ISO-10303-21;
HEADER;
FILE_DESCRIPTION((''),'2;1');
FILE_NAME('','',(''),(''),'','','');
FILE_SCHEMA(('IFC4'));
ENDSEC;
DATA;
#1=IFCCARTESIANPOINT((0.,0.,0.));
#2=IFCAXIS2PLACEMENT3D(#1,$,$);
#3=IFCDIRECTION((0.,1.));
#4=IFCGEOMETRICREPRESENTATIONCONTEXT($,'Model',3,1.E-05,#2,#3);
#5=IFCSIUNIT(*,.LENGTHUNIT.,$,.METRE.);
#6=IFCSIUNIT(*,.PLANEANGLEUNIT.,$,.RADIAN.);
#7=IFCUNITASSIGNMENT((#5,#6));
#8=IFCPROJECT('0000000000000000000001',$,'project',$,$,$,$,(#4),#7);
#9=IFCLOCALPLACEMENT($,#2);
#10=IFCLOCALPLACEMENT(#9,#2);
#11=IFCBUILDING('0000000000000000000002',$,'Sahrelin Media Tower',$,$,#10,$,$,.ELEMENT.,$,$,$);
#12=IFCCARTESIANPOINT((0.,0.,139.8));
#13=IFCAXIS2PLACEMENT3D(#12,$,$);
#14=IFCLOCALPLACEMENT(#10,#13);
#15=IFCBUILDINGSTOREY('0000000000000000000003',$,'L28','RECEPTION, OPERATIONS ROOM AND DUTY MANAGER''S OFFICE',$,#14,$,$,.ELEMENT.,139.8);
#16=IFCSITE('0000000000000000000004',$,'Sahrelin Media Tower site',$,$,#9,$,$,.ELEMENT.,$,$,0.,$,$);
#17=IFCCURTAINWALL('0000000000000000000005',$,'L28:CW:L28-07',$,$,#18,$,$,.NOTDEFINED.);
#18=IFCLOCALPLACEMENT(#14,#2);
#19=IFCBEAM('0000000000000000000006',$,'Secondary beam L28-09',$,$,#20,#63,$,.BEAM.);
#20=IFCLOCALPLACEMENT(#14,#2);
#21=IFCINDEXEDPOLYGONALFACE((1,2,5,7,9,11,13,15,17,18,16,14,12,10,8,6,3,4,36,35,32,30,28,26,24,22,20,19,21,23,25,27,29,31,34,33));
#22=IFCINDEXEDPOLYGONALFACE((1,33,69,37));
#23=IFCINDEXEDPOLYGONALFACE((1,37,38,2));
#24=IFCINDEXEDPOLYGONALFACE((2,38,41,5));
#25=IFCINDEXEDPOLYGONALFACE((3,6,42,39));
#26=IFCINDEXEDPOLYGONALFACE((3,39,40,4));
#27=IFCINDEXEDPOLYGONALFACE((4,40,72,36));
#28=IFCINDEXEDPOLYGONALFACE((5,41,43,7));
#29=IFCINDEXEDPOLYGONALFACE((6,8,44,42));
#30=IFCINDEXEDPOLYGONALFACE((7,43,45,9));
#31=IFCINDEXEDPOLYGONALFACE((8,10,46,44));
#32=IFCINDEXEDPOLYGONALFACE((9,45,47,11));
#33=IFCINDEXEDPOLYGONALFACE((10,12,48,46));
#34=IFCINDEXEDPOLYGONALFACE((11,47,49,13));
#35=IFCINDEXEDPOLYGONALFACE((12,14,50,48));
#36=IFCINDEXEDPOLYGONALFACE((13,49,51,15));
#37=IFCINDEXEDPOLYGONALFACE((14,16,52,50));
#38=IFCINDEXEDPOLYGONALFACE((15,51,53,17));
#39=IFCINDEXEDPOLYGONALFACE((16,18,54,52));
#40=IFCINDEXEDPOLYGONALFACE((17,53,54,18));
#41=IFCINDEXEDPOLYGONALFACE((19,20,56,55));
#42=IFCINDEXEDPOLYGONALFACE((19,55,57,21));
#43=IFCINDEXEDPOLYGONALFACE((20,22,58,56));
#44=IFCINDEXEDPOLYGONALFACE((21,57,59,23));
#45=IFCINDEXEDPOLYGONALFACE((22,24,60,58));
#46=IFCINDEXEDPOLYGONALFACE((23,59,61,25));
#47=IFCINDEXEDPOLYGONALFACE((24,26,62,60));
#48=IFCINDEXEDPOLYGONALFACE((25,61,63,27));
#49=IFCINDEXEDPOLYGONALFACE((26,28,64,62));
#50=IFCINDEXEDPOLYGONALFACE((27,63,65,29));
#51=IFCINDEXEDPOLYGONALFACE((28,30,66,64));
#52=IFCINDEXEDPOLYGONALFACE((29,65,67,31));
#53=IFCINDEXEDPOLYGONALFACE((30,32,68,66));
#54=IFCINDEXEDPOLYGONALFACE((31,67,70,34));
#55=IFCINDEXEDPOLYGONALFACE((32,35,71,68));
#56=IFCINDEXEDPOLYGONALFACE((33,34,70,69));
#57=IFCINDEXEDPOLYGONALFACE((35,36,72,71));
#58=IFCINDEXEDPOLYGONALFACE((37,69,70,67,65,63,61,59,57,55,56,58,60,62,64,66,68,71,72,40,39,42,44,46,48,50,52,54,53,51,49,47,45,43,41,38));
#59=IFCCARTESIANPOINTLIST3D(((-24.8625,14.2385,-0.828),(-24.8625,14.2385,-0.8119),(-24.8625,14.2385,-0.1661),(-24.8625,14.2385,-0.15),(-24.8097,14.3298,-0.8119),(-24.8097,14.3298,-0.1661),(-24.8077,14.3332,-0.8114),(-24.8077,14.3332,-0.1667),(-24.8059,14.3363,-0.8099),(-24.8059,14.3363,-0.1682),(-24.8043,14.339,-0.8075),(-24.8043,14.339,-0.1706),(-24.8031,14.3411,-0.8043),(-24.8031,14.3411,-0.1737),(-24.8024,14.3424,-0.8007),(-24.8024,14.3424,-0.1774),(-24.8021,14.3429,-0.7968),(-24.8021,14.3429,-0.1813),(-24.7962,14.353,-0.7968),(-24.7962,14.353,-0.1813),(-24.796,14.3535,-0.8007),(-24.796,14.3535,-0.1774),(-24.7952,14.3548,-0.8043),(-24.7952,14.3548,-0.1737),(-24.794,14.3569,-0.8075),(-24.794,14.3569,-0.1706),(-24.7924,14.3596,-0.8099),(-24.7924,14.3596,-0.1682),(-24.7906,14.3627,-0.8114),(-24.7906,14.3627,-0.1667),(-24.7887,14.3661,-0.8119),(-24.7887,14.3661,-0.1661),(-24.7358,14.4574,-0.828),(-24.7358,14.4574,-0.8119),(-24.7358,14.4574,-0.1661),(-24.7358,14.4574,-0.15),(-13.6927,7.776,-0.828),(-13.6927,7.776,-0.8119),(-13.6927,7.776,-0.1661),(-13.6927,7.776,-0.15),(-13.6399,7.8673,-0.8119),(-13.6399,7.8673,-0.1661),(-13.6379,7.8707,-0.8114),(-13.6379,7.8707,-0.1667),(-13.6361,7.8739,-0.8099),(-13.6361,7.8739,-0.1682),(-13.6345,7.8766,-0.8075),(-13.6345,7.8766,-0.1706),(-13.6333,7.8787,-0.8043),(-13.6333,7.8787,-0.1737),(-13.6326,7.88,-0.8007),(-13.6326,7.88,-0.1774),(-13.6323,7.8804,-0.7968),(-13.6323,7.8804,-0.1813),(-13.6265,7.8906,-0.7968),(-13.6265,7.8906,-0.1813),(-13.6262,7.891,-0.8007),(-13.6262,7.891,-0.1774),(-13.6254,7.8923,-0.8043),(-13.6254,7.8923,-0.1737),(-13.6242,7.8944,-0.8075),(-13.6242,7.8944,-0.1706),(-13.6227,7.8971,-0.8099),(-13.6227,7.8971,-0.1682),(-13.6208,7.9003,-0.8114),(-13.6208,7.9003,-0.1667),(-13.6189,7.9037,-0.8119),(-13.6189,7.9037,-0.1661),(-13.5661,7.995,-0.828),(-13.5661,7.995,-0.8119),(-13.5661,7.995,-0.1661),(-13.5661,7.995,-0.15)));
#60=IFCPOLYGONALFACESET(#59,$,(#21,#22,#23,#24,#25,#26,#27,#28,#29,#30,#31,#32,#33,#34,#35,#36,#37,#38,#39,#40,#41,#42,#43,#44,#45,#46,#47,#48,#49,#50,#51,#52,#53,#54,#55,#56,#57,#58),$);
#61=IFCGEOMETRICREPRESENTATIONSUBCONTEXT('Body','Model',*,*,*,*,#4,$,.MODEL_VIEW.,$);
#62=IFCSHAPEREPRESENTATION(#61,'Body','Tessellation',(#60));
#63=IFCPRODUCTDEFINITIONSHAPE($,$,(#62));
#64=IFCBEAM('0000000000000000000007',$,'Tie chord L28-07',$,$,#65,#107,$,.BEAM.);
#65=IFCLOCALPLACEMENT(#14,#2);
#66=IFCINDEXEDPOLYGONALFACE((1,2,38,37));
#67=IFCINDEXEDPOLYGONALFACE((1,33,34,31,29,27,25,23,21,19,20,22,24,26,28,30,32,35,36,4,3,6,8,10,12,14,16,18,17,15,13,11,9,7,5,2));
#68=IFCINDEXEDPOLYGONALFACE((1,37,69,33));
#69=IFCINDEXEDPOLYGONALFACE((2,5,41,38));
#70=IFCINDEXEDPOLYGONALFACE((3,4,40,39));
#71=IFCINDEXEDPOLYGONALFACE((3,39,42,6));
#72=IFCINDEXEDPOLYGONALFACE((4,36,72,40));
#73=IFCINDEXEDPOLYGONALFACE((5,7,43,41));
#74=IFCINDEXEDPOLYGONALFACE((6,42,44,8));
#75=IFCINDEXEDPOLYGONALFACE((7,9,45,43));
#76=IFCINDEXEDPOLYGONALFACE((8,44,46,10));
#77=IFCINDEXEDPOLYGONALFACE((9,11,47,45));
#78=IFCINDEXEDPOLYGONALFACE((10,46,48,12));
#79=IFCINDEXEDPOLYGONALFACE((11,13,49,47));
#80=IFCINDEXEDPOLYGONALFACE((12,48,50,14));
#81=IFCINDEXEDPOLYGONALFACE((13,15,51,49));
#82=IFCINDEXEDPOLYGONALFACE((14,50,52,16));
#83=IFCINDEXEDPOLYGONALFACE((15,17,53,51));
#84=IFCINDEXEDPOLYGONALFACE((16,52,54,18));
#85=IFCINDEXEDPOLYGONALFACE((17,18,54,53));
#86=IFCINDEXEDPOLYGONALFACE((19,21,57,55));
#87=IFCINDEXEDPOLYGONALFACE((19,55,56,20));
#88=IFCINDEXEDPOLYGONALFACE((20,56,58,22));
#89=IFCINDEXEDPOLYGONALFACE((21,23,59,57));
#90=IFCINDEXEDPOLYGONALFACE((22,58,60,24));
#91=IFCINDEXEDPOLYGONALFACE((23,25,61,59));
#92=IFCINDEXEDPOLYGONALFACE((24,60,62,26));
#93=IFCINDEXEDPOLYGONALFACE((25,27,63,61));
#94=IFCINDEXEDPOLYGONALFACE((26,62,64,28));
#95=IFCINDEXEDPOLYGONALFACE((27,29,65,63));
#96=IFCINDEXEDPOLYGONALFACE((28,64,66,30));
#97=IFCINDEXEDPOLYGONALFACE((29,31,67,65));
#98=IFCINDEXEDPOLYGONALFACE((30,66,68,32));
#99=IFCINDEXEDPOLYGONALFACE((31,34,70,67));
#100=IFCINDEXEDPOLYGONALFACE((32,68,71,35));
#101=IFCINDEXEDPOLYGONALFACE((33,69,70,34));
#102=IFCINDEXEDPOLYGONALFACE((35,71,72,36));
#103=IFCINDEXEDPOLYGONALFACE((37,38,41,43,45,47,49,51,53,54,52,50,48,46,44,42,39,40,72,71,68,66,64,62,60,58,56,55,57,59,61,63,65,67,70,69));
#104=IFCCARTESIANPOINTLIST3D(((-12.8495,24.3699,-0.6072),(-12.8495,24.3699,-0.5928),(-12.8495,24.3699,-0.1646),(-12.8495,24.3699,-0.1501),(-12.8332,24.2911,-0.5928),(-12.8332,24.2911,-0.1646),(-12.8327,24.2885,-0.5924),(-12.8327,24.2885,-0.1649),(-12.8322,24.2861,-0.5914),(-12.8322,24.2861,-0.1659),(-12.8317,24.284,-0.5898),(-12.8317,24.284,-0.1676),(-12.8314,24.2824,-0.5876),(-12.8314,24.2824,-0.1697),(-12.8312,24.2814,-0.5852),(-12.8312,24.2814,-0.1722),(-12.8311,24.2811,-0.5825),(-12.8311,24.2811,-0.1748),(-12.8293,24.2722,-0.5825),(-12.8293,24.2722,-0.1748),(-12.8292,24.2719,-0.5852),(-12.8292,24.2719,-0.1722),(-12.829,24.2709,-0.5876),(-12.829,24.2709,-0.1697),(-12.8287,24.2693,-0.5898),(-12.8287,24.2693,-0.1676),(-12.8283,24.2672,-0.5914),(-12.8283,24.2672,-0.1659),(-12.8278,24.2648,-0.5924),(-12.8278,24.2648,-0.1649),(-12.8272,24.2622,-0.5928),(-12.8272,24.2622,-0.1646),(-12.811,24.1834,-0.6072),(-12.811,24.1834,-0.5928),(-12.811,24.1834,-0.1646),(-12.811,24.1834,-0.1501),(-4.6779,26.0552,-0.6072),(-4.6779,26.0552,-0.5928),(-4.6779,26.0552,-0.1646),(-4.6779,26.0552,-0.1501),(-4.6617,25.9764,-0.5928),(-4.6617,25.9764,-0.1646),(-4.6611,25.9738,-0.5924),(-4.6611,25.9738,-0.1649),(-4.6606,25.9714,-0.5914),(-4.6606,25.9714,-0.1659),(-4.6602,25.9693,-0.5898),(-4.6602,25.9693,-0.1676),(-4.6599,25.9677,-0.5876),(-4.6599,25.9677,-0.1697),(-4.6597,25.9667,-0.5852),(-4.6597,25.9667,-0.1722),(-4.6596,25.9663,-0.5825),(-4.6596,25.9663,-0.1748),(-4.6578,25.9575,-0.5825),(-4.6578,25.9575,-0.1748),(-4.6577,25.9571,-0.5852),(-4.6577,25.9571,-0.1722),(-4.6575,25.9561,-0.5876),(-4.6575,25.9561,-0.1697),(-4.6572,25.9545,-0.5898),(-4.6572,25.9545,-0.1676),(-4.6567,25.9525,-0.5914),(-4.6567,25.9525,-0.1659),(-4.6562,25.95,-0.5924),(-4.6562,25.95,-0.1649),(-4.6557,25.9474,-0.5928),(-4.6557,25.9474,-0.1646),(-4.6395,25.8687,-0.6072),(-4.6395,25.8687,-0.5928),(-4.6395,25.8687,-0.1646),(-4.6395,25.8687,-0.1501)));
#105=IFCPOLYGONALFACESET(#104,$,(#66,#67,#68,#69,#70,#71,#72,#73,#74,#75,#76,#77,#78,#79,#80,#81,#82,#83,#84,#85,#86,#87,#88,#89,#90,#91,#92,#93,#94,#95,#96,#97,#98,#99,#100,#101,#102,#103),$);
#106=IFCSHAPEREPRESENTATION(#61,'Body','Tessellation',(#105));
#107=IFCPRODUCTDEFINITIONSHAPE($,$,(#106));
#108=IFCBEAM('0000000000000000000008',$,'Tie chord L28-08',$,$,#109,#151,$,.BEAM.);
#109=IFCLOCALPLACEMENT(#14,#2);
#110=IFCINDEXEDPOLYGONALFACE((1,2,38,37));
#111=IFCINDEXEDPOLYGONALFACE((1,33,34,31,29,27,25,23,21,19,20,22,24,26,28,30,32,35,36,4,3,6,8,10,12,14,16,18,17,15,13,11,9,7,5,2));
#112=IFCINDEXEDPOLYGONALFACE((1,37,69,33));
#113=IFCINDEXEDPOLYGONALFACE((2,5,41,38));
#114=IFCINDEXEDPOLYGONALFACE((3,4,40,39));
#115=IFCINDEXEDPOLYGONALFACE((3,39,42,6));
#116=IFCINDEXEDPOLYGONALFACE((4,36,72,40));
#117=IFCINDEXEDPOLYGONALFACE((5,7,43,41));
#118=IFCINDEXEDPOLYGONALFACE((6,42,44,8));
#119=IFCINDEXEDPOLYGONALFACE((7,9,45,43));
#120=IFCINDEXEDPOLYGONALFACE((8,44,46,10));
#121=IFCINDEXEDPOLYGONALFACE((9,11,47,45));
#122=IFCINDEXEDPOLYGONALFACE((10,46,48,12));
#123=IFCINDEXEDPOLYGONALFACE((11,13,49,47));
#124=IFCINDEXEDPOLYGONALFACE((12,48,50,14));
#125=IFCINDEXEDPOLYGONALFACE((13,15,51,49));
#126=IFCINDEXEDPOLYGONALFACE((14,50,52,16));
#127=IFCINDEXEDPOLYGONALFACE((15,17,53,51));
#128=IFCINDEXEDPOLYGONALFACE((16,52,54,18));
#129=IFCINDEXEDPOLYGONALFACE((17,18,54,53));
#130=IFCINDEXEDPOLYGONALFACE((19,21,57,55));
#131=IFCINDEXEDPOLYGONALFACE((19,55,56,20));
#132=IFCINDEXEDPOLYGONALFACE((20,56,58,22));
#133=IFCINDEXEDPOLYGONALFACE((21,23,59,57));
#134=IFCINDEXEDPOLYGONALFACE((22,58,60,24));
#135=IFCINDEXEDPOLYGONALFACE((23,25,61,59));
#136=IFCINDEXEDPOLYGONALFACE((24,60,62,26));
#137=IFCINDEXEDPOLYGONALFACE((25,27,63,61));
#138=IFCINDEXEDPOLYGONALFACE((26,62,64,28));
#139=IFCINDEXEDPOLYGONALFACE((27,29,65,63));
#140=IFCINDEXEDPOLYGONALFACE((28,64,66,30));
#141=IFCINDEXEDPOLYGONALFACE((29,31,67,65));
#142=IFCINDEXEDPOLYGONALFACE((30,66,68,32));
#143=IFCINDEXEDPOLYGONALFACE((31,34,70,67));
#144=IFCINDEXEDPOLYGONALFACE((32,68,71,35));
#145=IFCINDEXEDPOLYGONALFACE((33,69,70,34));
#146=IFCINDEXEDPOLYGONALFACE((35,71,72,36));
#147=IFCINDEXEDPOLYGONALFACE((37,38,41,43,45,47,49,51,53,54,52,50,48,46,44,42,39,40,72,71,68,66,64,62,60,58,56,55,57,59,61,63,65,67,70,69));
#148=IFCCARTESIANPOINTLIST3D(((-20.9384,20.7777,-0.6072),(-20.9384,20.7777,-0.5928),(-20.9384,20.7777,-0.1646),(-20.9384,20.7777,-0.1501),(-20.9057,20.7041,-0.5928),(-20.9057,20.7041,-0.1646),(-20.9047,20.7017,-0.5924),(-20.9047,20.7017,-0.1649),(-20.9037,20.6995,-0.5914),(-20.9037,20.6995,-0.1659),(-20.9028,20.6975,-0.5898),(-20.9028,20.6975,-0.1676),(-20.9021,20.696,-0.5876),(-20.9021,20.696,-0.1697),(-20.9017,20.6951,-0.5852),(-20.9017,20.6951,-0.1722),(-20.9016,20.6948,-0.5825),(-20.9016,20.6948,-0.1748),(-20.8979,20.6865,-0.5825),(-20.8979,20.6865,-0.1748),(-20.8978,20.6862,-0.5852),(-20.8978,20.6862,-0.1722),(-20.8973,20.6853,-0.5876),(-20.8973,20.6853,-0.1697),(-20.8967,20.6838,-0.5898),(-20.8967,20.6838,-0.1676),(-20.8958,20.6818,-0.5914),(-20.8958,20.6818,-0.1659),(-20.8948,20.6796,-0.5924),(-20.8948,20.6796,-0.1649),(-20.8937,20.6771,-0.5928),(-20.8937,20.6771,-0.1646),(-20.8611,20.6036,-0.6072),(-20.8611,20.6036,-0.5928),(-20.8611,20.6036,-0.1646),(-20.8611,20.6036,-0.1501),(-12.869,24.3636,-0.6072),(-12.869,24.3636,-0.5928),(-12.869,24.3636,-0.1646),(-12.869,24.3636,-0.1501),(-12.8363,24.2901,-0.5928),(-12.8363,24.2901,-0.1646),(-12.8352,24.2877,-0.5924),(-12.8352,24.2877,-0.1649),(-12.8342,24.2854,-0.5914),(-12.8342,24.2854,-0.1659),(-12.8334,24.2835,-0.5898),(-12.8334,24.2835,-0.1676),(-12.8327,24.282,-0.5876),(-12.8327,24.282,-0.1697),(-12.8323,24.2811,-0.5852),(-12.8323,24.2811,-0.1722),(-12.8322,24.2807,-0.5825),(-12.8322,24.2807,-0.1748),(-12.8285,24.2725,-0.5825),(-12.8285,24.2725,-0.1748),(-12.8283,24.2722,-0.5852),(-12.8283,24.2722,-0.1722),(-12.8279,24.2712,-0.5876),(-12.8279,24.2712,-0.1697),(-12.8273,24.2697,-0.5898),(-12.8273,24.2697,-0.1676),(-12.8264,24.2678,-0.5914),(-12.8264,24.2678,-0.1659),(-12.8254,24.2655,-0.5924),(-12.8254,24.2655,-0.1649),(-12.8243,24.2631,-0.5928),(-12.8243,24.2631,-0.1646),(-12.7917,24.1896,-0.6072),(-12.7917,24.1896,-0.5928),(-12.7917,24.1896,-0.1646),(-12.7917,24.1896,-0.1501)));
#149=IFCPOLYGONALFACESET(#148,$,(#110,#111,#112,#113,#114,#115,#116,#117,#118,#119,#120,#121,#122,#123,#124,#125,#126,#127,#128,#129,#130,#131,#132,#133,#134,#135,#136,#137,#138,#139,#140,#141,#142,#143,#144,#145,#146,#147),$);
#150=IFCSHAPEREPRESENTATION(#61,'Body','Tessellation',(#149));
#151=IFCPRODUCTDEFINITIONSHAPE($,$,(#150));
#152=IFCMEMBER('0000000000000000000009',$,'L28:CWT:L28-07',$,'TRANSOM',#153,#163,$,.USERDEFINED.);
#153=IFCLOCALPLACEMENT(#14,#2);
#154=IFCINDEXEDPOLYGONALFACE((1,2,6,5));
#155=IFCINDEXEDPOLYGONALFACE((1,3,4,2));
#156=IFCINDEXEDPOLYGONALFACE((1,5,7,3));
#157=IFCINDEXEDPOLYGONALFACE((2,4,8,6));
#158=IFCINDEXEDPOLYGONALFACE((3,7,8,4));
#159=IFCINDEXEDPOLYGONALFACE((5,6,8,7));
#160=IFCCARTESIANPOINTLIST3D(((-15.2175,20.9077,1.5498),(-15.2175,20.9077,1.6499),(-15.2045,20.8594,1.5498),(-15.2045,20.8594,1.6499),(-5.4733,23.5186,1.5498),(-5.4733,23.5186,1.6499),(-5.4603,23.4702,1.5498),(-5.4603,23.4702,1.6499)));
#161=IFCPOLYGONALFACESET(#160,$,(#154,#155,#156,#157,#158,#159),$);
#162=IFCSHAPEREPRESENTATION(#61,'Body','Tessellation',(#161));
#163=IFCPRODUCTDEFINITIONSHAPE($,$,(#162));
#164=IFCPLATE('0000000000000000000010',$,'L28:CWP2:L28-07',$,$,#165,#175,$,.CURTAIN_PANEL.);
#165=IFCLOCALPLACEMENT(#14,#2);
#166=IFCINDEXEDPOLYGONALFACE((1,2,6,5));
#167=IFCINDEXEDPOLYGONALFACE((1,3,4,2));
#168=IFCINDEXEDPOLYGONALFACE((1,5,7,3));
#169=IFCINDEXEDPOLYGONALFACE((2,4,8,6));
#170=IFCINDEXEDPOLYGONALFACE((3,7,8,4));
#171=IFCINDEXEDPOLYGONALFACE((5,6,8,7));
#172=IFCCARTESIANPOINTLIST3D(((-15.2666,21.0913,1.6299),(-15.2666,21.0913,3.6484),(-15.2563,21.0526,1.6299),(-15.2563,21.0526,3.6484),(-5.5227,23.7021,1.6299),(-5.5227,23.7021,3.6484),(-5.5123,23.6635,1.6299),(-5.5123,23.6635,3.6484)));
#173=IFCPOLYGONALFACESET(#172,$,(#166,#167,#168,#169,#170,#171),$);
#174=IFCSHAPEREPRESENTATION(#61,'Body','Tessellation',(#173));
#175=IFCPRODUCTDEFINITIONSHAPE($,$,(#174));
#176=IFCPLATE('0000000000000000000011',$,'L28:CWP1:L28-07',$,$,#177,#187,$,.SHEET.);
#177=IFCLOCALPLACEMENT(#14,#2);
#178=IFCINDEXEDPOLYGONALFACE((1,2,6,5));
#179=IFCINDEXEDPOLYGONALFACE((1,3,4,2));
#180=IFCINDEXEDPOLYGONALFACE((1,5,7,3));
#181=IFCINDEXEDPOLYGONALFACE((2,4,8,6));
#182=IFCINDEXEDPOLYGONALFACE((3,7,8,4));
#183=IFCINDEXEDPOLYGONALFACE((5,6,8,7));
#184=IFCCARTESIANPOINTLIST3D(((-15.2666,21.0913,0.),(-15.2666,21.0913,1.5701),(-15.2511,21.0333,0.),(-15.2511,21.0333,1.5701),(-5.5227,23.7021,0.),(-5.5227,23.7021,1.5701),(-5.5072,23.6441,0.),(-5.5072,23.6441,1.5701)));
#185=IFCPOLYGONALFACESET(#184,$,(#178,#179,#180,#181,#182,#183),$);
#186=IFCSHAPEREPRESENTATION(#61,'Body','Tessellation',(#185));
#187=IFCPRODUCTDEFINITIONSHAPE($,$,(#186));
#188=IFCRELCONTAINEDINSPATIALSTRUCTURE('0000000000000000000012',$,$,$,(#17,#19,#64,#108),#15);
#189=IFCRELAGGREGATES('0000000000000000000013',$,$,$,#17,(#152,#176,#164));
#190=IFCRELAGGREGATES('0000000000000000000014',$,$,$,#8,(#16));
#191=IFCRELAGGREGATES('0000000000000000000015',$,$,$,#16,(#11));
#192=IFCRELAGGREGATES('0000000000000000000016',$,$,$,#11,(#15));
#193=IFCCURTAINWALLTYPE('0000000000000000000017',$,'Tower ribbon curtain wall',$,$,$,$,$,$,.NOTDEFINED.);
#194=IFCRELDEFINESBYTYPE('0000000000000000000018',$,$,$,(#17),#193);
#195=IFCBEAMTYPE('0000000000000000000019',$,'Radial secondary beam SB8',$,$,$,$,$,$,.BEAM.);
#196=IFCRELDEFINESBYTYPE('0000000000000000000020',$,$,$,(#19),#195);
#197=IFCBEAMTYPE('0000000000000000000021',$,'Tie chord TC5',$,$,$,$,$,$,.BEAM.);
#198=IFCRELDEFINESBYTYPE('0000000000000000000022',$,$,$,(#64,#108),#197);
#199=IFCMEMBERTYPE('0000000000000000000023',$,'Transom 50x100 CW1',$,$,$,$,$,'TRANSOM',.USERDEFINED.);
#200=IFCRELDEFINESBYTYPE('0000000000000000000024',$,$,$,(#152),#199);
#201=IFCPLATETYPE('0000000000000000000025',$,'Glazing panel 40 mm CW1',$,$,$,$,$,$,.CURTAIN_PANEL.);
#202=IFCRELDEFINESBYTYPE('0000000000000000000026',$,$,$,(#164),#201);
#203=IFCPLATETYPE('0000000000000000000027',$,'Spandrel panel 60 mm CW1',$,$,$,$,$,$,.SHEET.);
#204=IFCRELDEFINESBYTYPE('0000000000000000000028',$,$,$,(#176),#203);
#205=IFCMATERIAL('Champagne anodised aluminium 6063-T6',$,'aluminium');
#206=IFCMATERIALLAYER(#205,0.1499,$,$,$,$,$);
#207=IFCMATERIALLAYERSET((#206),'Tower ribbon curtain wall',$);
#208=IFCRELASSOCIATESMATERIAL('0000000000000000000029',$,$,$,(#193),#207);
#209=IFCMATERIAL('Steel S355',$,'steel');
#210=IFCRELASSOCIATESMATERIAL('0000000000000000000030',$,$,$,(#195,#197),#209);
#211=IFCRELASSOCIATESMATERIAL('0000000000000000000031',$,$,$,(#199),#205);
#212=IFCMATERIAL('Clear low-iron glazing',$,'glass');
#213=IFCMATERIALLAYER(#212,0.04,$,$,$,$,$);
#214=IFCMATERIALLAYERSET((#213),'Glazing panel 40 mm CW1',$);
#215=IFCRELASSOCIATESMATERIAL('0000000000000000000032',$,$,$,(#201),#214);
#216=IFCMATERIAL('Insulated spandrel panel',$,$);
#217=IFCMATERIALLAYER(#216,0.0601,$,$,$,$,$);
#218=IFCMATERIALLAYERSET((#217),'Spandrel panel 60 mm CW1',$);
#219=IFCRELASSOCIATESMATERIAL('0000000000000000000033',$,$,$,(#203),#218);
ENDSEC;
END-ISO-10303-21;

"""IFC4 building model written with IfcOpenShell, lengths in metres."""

from ifc_helpers import new_model, si_unit, direction, frame, origin, origin_2d, place, context, subcontext, project, spatial, polyline, rectangle, i_section, outline, extrude, material, layer, layer_set, material_profile, profile_set, type_object, element, aggregate, save


model = new_model("IFC4")

# Units and contexts
model_context = context("Model", 3, precision=1e-05, world=origin(), true_north=direction((0.0, 1.0)))
body_context = subcontext(model_context, "Body", "Model", "MODEL_VIEW")
ifc_project = project(units=[si_unit("LENGTHUNIT", "METRE"), si_unit("PLANEANGLEUNIT", "RADIAN")], contexts=[model_context])

# Site, building, storey
site_placement = place(None, origin())
site = spatial("IfcSite", under=ifc_project, at=site_placement, Name="Sahrelin Media Tower site", CompositionType="ELEMENT", RefElevation=0.0)
building_placement = place(site_placement, origin())
building = spatial("IfcBuilding", under=site, at=building_placement, Name="Sahrelin Media Tower", CompositionType="ELEMENT")
storey_placement = place(building_placement, frame((0.0, 0.0, 139.8)))
storey = spatial("IfcBuildingStorey", under=building, at=storey_placement, Name="L28", Description="RECEPTION, OPERATIONS ROOM AND DUTY MANAGER'S OFFICE", CompositionType="ELEMENT", Elevation=139.8)

# Shared definitions
ifc_material_1 = material(Name="Steel S355", Category="steel")

# Curtain wall
ifc_material_2 = material(Name="Champagne anodised aluminium 6063-T6", Category="aluminium")
ifc_layer_1 = layer(ifc_material_2, 0.1499)
ifc_layer_set_1 = layer_set([ifc_layer_1], Name="Tower ribbon curtain wall")
curtain_wall_type = type_object("IfcCurtainWallType", Name="Tower ribbon curtain wall", PredefinedType="NOTDEFINED", material=ifc_layer_set_1)
curtain_wall_1_placement = place(storey_placement, frame((-10.3894, 22.3772, 0.0), z_axis=(0.0, 0.0, 1.0), x_axis=(1.0, 0.0, 0.0)))
curtain_wall_1 = element("IfcCurtainWall", 1, at=curtain_wall_1_placement, inside=storey, type_object=curtain_wall_type, Name="L28:CW:L28-07", PredefinedType="NOTDEFINED")

# Beams
ifc_material_profile_1 = material_profile(ifc_material_1, i_section(OverallWidth=0.2529, OverallDepth=0.678, WebThickness=0.0117, FlangeThickness=0.0161, FilletRadius=0.0151, at=origin_2d()), Name="UB 686x254x125")
ifc_profile_set_1 = profile_set([ifc_material_profile_1], Name="Steel S355")
beam_type_1 = type_object("IfcBeamType", Name="Radial secondary beam SB8", PredefinedType="BEAM", material=ifc_profile_set_1)
beam_1_placement = place(storey_placement, frame((-13.6294, 7.8855, -0.489), z_axis=(-0.865569, 0.500789, 0.0), x_axis=(-0.500789, -0.865569, 0.0)))
element("IfcBeam", 2, at=beam_1_placement, inside=storey, type_object=beam_type_1, Name="Secondary beam L28-09", PredefinedType="BEAM", context=body_context, shape_type="SweptSolid", body=[
    extrude(i_section(OverallWidth=0.2529, OverallDepth=0.678, WebThickness=0.0117, FlangeThickness=0.0161, FilletRadius=0.0151, at=origin_2d()), origin(), (0.0, 0.0, 1.0), 12.9045),
])
ifc_material_profile_2 = material_profile(ifc_material_1, i_section(OverallWidth=0.1904, OverallDepth=0.457, WebThickness=0.009, FlangeThickness=0.0144, FilletRadius=0.0103, at=origin_2d()), Name="UB 457x191x74")
ifc_profile_set_2 = profile_set([ifc_material_profile_2], Name="Steel S355")
beam_type_2 = type_object("IfcBeamType", Name="Tie chord TC5", PredefinedType="BEAM", material=ifc_profile_set_2)
beam_2_placement = place(storey_placement, frame((-4.6587, 25.9619, -0.3787), z_axis=(-0.979388, -0.201987, 0.0), x_axis=(0.201987, -0.979388, 0.0)))
element("IfcBeam", 3, at=beam_2_placement, inside=storey, type_object=beam_type_2, Name="Tie chord L28-07", PredefinedType="BEAM", context=body_context, shape_type="SweptSolid", body=[
    extrude(i_section(OverallWidth=0.1904, OverallDepth=0.457, WebThickness=0.009, FlangeThickness=0.0144, FilletRadius=0.0103, at=origin_2d()), origin(), (0.0, 0.0, 1.0), 8.3435),
])
beam_3_placement = place(storey_placement, frame((-12.8303, 24.2766, -0.3787), z_axis=(-0.91383, -0.406097, 0.0), x_axis=(0.406097, -0.91383, 0.0)))
element("IfcBeam", 4, at=beam_3_placement, inside=storey, type_object=beam_type_2, Name="Tie chord L28-08", PredefinedType="BEAM", context=body_context, shape_type="SweptSolid", body=[
    extrude(i_section(OverallWidth=0.1904, OverallDepth=0.457, WebThickness=0.009, FlangeThickness=0.0144, FilletRadius=0.0103, at=origin_2d()), origin(), (0.0, 0.0, 1.0), 8.8303),
])

# Member
ifc_material_profile_3 = material_profile(ifc_material_2, rectangle(XDim=0.05, YDim=0.1001, at=origin_2d()), Name="Transom 50x100")
ifc_profile_set_3 = profile_set([ifc_material_profile_3], Name="Champagne anodised aluminium 6063-T6")
member_type_1 = type_object("IfcMemberType", Name="Transom 50x100 CW1", ElementType="TRANSOM", PredefinedType="USERDEFINED", material=ifc_profile_set_3)
member_1_placement = place(storey_placement, frame((-5.4668, 23.4944, 1.5999), z_axis=(-0.965928, -0.25881, 0.0), x_axis=(0.25881, -0.965928, 0.0)))
member_1 = element("IfcMember", 5, at=member_1_placement, type_object=member_type_1, Name="L28:CWT:L28-07", ObjectType="TRANSOM", PredefinedType="USERDEFINED", context=body_context, shape_type="SweptSolid", body=[
    extrude(rectangle(XDim=0.05, YDim=0.1001, at=origin_2d()), origin(), (0.0, 0.0, 1.0), 10.0879),
])

# Plates
ifc_material_3 = material(Name="Clear low-iron glazing", Category="glass")
ifc_layer_2 = layer(ifc_material_3, 0.04)
ifc_layer_set_2 = layer_set([ifc_layer_2], Name="Glazing panel 40 mm CW1")
plate_type_1 = type_object("IfcPlateType", Name="Glazing panel 40 mm CW1", PredefinedType="CURTAIN_PANEL", material=ifc_layer_set_2)
plate_1_placement = place(storey_placement, frame((-5.5227, 23.7021, 1.6299), z_axis=(-0.258816, 0.965927, 0.0), x_axis=(-0.965927, -0.258816, 0.0)))
plate_1 = element("IfcPlate", 6, at=plate_1_placement, type_object=plate_type_1, Name="L28:CWP2:L28-07", PredefinedType="CURTAIN_PANEL", context=body_context, shape_type="SweptSolid", body=[
    extrude(outline(polyline([(0.0, 0.0), (10.0876, 0.0), (10.0876, 2.0186), (0.0, 2.0186), (0.0, 0.0)])), origin(), (0.0, 0.0, -1.0), 0.04),
])
ifc_material_4 = material(Name="Insulated spandrel panel")
ifc_layer_3 = layer(ifc_material_4, 0.0601)
ifc_layer_set_3 = layer_set([ifc_layer_3], Name="Spandrel panel 60 mm CW1")
plate_type_2 = type_object("IfcPlateType", Name="Spandrel panel 60 mm CW1", PredefinedType="SHEET", material=ifc_layer_set_3)
plate_2_placement = place(storey_placement, frame((-5.5227, 23.7021, 0.0), z_axis=(-0.258816, 0.965927, 0.0), x_axis=(-0.965927, -0.258816, 0.0)))
plate_2 = element("IfcPlate", 7, at=plate_2_placement, type_object=plate_type_2, Name="L28:CWP1:L28-07", PredefinedType="SHEET", context=body_context, shape_type="SweptSolid", body=[
    extrude(outline(polyline([(0.0, 0.0), (10.0876, 0.0), (10.0876, 1.5701), (0.0, 1.5701), (0.0, 0.0)])), origin(), (0.0, 0.0, -1.0), 0.0601),
])
aggregate(curtain_wall_1, [member_1, plate_2, plate_1])

save(model, "model.ifc")
